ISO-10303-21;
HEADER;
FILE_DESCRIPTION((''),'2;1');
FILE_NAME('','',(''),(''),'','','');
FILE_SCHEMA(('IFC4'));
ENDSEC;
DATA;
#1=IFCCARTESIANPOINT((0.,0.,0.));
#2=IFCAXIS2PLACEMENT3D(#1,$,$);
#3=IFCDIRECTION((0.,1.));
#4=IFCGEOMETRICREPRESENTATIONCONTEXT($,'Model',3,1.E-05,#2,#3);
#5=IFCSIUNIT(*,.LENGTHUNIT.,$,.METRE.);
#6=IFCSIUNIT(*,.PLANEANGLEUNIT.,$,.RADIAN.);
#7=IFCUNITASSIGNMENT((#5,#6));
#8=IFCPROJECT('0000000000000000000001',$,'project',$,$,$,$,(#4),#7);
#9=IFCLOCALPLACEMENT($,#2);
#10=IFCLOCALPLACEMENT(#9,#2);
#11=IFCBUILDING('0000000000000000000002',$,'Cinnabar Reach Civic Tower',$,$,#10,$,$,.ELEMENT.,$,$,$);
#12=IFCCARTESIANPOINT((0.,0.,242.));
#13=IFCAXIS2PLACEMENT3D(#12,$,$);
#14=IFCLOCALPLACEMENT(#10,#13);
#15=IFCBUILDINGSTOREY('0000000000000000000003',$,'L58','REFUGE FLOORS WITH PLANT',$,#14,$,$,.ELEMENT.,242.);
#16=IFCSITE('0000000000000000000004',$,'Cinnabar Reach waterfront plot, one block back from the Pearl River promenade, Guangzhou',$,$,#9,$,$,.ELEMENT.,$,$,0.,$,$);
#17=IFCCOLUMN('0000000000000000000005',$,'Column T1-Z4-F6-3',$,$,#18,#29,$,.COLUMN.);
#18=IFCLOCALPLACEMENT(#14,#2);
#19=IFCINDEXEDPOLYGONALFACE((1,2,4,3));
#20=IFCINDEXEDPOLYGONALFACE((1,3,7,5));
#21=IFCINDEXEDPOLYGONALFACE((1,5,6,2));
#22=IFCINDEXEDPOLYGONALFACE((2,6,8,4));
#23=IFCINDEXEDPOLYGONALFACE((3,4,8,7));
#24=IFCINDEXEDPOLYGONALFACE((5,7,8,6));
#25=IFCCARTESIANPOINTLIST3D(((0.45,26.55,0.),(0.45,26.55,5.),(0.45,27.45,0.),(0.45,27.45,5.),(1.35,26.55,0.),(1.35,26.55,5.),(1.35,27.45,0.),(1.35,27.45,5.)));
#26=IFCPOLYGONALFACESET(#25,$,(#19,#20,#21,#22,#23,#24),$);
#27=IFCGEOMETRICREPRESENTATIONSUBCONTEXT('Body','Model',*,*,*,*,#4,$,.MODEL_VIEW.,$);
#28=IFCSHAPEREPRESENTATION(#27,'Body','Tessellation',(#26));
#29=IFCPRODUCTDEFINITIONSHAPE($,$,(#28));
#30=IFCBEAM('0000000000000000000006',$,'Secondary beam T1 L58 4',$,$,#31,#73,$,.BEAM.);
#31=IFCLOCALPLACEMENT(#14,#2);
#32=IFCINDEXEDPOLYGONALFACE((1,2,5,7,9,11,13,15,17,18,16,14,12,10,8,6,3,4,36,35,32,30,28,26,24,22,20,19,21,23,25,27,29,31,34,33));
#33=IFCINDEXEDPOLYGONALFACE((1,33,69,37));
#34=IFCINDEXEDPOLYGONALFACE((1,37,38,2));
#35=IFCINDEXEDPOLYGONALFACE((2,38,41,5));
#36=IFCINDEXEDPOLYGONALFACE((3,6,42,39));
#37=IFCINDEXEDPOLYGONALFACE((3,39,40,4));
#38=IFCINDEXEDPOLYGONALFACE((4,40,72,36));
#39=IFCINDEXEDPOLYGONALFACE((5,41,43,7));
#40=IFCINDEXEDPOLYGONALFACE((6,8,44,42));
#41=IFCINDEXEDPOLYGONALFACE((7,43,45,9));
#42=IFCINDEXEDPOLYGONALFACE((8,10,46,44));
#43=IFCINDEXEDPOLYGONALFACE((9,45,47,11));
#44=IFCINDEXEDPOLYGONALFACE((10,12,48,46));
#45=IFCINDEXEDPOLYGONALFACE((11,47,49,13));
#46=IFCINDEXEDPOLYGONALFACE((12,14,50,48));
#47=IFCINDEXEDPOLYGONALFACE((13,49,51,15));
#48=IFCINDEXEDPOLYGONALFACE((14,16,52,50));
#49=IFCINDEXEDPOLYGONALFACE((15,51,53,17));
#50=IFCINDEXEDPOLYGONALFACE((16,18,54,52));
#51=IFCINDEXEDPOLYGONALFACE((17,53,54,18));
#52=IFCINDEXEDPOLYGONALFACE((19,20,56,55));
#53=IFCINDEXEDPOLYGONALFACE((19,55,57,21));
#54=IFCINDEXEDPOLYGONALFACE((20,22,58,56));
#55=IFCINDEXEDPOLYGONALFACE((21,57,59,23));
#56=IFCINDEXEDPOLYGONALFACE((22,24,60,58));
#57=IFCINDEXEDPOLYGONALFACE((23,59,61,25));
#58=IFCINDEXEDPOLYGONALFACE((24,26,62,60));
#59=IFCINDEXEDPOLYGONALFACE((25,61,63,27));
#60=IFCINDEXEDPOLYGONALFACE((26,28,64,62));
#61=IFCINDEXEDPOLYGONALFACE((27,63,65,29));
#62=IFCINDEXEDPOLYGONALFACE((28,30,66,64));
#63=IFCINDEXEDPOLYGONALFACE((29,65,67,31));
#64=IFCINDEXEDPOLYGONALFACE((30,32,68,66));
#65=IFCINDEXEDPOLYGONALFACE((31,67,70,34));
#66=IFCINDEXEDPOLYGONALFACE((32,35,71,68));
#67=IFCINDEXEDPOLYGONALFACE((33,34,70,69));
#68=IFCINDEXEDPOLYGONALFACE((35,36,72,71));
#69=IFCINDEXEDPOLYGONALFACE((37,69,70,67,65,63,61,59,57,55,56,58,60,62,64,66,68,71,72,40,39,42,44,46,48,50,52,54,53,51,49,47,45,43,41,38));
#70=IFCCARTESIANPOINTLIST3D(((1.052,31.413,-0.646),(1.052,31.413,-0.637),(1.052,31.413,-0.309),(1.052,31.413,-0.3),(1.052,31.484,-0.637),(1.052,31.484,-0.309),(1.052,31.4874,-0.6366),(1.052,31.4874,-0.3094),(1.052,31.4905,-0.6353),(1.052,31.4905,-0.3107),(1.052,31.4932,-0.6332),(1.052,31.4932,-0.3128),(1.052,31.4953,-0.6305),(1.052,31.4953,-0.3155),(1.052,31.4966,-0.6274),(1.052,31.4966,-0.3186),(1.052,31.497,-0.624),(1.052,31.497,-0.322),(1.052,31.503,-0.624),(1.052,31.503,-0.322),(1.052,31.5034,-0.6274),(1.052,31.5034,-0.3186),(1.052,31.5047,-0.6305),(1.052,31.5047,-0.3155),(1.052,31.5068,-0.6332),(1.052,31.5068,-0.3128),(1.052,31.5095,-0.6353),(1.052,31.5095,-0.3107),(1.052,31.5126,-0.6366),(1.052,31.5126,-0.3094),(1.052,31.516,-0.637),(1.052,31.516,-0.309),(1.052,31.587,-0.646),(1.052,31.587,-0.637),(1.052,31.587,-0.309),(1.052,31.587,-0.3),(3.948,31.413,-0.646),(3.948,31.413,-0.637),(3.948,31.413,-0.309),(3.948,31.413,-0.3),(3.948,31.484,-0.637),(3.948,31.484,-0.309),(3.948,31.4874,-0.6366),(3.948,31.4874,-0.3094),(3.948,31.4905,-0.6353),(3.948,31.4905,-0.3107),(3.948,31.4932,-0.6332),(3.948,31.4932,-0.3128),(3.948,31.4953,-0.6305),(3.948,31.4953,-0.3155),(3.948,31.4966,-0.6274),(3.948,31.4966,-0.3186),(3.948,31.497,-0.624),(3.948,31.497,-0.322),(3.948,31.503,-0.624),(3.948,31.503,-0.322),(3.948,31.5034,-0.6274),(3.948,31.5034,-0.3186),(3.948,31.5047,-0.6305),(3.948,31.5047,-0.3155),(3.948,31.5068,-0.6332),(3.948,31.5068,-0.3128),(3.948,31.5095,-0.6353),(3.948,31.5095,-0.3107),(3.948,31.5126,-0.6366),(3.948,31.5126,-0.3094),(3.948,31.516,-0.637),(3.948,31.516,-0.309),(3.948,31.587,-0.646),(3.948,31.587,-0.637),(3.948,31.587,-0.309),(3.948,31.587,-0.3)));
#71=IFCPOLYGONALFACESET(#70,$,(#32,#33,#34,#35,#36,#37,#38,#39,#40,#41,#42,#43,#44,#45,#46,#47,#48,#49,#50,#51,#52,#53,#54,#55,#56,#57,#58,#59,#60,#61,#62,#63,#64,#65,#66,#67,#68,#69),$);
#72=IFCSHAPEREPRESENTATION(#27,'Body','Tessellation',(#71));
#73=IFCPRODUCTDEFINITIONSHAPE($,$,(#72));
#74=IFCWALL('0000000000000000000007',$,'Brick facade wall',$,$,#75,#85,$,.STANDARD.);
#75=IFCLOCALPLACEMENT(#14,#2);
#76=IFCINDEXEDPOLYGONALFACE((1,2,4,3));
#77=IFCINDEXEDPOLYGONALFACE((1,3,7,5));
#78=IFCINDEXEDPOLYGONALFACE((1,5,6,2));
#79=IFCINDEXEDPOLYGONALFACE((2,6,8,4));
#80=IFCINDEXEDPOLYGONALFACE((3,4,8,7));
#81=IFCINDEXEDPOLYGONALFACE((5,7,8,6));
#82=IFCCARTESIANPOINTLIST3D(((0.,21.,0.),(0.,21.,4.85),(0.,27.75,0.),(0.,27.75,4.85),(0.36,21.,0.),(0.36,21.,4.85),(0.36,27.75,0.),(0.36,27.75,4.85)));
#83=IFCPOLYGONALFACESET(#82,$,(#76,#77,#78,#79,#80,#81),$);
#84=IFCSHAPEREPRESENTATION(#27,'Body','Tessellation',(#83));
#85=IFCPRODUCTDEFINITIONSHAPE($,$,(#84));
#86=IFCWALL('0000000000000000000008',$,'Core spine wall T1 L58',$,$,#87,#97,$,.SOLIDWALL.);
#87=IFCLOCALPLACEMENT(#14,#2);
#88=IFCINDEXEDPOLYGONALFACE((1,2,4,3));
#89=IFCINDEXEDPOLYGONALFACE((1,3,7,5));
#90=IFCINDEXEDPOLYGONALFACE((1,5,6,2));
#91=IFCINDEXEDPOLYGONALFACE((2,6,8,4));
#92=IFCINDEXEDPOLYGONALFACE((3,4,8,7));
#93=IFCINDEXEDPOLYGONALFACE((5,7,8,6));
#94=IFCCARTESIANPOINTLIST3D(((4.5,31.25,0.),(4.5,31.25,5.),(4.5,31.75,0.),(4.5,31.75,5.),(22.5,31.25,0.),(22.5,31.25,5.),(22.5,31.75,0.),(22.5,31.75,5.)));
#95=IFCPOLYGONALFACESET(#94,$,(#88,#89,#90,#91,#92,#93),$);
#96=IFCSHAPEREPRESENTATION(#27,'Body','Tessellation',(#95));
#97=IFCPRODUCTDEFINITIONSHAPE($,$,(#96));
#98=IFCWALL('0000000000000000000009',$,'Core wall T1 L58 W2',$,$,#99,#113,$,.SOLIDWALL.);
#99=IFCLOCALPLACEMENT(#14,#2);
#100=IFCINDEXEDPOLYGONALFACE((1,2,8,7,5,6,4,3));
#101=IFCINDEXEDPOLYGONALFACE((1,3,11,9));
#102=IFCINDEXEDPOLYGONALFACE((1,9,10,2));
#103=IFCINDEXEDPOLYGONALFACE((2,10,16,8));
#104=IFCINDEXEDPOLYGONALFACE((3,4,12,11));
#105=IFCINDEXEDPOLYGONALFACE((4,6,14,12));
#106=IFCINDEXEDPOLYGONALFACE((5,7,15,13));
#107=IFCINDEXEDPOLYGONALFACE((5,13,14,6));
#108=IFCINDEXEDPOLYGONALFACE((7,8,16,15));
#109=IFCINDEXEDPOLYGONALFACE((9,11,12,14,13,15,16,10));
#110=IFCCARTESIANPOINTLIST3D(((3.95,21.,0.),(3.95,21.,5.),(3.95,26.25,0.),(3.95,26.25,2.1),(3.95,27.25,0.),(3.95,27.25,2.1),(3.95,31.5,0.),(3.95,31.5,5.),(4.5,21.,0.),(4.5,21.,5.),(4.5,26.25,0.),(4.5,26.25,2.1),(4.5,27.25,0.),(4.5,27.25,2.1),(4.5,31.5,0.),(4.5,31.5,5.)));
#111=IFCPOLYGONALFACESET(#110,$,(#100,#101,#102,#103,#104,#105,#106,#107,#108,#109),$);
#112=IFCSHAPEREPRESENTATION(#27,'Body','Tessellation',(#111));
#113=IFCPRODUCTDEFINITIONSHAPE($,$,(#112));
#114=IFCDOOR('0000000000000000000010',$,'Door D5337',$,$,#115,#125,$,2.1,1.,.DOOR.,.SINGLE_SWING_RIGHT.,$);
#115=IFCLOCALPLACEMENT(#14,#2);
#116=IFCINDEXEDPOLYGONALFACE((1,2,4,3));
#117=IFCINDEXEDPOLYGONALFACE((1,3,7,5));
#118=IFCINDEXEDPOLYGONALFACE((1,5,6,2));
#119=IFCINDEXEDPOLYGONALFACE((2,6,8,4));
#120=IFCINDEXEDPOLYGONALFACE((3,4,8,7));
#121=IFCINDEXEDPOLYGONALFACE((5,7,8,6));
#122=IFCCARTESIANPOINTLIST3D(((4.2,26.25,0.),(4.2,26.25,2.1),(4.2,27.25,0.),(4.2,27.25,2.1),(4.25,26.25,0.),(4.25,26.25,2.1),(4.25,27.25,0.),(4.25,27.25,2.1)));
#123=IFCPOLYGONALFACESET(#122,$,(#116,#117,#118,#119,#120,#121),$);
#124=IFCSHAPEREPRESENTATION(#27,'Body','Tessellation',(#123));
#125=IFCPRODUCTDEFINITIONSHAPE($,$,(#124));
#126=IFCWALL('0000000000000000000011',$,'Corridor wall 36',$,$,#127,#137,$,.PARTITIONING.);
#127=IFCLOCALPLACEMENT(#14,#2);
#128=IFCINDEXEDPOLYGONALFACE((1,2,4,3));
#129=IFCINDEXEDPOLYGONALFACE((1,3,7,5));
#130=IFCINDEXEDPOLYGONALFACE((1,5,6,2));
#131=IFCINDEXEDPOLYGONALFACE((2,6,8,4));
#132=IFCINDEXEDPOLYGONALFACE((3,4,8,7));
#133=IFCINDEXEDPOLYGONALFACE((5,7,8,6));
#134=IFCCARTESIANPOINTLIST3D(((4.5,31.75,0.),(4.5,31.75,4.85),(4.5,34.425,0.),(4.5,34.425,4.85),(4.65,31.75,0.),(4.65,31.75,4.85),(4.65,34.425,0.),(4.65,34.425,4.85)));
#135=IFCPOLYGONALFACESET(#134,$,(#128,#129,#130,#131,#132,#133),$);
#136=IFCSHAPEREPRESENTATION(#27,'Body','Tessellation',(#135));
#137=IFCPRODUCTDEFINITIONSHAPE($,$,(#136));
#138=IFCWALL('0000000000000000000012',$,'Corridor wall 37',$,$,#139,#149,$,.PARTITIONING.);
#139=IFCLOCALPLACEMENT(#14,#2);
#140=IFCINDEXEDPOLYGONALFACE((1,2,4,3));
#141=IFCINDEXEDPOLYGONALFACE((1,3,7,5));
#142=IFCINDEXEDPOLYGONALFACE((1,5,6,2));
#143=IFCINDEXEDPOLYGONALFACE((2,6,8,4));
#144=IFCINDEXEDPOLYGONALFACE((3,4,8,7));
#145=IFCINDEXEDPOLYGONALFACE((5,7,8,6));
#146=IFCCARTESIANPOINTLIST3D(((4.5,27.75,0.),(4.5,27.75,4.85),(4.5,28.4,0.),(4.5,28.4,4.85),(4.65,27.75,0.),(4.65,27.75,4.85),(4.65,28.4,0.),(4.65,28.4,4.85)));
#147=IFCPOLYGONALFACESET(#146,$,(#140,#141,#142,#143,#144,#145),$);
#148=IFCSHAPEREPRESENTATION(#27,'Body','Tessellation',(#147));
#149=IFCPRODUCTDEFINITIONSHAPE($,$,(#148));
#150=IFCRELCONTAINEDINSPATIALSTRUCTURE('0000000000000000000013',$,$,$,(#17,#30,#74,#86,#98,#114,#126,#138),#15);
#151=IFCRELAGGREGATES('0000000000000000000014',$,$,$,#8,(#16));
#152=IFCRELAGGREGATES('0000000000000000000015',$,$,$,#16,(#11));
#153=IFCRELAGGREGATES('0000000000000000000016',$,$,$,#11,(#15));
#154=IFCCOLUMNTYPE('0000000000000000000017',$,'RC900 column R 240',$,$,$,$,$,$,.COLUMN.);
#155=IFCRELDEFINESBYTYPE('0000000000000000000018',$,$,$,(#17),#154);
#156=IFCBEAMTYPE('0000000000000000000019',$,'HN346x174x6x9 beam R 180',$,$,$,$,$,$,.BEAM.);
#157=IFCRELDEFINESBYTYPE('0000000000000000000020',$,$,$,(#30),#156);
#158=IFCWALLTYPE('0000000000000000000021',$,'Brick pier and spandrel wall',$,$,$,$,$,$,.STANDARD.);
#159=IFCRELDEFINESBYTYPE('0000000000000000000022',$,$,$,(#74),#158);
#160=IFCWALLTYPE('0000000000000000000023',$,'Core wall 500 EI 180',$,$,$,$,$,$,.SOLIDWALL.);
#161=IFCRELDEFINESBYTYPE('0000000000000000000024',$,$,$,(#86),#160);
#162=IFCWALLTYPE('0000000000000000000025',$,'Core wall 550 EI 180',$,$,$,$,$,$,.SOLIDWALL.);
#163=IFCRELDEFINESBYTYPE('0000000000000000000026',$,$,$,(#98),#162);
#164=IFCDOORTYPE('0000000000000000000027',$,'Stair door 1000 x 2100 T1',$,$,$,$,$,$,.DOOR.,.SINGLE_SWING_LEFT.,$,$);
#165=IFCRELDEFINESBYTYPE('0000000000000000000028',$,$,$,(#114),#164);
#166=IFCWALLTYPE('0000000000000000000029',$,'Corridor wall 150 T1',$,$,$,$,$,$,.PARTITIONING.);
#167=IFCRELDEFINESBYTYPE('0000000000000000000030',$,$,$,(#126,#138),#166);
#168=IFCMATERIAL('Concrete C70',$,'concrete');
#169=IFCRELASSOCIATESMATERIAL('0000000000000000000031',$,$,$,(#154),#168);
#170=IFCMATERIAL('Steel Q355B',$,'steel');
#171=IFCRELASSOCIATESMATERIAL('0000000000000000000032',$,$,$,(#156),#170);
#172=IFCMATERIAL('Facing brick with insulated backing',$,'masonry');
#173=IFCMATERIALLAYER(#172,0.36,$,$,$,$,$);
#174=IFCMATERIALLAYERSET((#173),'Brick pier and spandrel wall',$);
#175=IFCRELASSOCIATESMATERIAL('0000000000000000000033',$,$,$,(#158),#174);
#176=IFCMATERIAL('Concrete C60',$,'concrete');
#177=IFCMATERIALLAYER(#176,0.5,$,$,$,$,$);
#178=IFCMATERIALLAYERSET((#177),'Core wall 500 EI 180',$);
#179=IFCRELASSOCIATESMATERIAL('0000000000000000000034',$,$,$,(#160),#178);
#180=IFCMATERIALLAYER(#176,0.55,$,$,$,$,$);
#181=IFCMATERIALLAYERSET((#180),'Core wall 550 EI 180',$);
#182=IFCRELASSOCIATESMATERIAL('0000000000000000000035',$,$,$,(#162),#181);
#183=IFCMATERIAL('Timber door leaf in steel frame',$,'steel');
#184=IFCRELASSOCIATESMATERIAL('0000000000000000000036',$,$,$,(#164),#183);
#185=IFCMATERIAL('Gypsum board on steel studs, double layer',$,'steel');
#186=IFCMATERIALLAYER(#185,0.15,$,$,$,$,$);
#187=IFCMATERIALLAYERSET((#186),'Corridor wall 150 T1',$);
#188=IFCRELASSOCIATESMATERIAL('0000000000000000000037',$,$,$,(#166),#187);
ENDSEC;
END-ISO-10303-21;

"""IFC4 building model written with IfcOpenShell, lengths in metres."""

from ifc_helpers import new_model, si_unit, direction, frame, frame_2d, origin, origin_2d, place, context, subcontext, project, spatial, rectangle, i_section, extrude, material, layer, layer_set, material_profile, profile_set, type_object, element, fill, save


model = new_model("IFC4")

# Units and contexts
model_context = context("Model", 3, precision=1e-05, world=origin(), true_north=direction((0.0, 1.0)))
body_context = subcontext(model_context, "Body", "Model", "MODEL_VIEW")
ifc_project = project(units=[si_unit("LENGTHUNIT", "METRE"), si_unit("PLANEANGLEUNIT", "RADIAN")], contexts=[model_context])

# Site, building, storey
site_placement = place(None, origin())
site = spatial("IfcSite", under=ifc_project, at=site_placement, Name="Cinnabar Reach waterfront plot, one block back from the Pearl River promenade, Guangzhou", CompositionType="ELEMENT", RefElevation=0.0)
building_placement = place(site_placement, origin())
building = spatial("IfcBuilding", under=site, at=building_placement, Name="Cinnabar Reach Civic Tower", CompositionType="ELEMENT")
storey_placement = place(building_placement, frame((0.0, 0.0, 242.0)))
storey = spatial("IfcBuildingStorey", under=building, at=storey_placement, Name="L58", Description="REFUGE FLOORS WITH PLANT", CompositionType="ELEMENT", Elevation=242.0)

# Column
ifc_material_1 = material(Name="Concrete C70", Category="concrete")
ifc_material_profile_1 = material_profile(ifc_material_1, rectangle(XDim=0.9, YDim=0.9, at=origin_2d()), Name="RC900")
ifc_profile_set_1 = profile_set([ifc_material_profile_1], Name="Concrete C70")
column_type = type_object("IfcColumnType", Name="RC900 column R 240", PredefinedType="COLUMN", material=ifc_profile_set_1)
column_placement = place(storey_placement, frame((0.9, 27.0, 0.0), z_axis=(0.0, 0.0, 1.0), x_axis=(1.0, 0.0, 0.0)))
element("IfcColumn", 1, at=column_placement, inside=storey, type_object=column_type, Name="Column T1-Z4-F6-3", PredefinedType="COLUMN", context=body_context, shape_type="SweptSolid", body=[
    extrude(rectangle(XDim=0.9, YDim=0.9, at=origin_2d()), origin(), (0.0, 0.0, 1.0), 5.0),
])

# Beam
ifc_material_2 = material(Name="Steel Q355B", Category="steel")
ifc_material_profile_2 = material_profile(ifc_material_2, i_section(OverallWidth=0.174, OverallDepth=0.346, WebThickness=0.006, FlangeThickness=0.009, FilletRadius=0.013, at=origin_2d()), Name="HN346x174x6x9")
ifc_profile_set_2 = profile_set([ifc_material_profile_2], Name="Steel Q355B")
beam_type = type_object("IfcBeamType", Name="HN346x174x6x9 beam R 180", PredefinedType="BEAM", material=ifc_profile_set_2)
beam_placement = place(storey_placement, frame((1.052, 31.5, -0.473), z_axis=(1.0, 0.0, 0.0), x_axis=(0.0, 1.0, 0.0)))
element("IfcBeam", 2, at=beam_placement, inside=storey, type_object=beam_type, Name="Secondary beam T1 L58 4", PredefinedType="BEAM", context=body_context, shape_type="SweptSolid", body=[
    extrude(i_section(OverallWidth=0.174, OverallDepth=0.346, WebThickness=0.006, FlangeThickness=0.009, FilletRadius=0.013, at=origin_2d()), origin(), (0.0, 0.0, 1.0), 2.896),
])

# Walls
ifc_material_3 = material(Name="Facing brick with insulated backing", Category="masonry")
ifc_layer_1 = layer(ifc_material_3, 0.36)
ifc_layer_set_1 = layer_set([ifc_layer_1], Name="Brick pier and spandrel wall")
wall_type_1 = type_object("IfcWallType", Name="Brick pier and spandrel wall", PredefinedType="STANDARD", material=ifc_layer_set_1)
wall_1_placement = place(storey_placement, frame((0.18, 27.75, 0.0), z_axis=(0.0, 0.0, 1.0), x_axis=(0.0, -1.0, 0.0)))
element("IfcWall", 3, at=wall_1_placement, inside=storey, type_object=wall_type_1, Name="Brick facade wall", PredefinedType="STANDARD", context=body_context, shape_type="SweptSolid", body=[
    extrude(rectangle(XDim=6.75, YDim=0.36, at=frame_2d((3.375, 0.0))), origin(), (0.0, 0.0, 1.0), 4.85),
])
ifc_material_4 = material(Name="Concrete C60", Category="concrete")
ifc_layer_2 = layer(ifc_material_4, 0.5)
ifc_layer_set_2 = layer_set([ifc_layer_2], Name="Core wall 500 EI 180")
wall_type_2 = type_object("IfcWallType", Name="Core wall 500 EI 180", PredefinedType="SOLIDWALL", material=ifc_layer_set_2)
wall_2_placement = place(storey_placement, frame((4.5, 31.5, 0.0), z_axis=(0.0, 0.0, 1.0), x_axis=(1.0, 0.0, 0.0)))
element("IfcWall", 4, at=wall_2_placement, inside=storey, type_object=wall_type_2, Name="Core spine wall T1 L58", PredefinedType="SOLIDWALL", context=body_context, shape_type="SweptSolid", body=[
    extrude(rectangle(XDim=18.0, YDim=0.5, at=frame_2d((9.0, 0.0))), origin(), (0.0, 0.0, 1.0), 5.0),
])

# Wall, opening, door
ifc_layer_3 = layer(ifc_material_4, 0.55)
ifc_layer_set_3 = layer_set([ifc_layer_3], Name="Core wall 550 EI 180")
wall_type_3 = type_object("IfcWallType", Name="Core wall 550 EI 180", PredefinedType="SOLIDWALL", material=ifc_layer_set_3)
wall_3_placement = place(storey_placement, frame((4.225, 31.5, 0.0), z_axis=(0.0, 0.0, 1.0), x_axis=(0.0, -1.0, 0.0)))
wall_3 = element("IfcWall", 5, at=wall_3_placement, inside=storey, type_object=wall_type_3, Name="Core wall T1 L58 W2", PredefinedType="SOLIDWALL", context=body_context, shape_type="SweptSolid", body=[
    extrude(rectangle(XDim=10.5, YDim=0.55, at=frame_2d((5.25, 0.0))), origin(), (0.0, 0.0, 1.0), 5.0),
])
opening_1_placement = place(wall_3_placement, frame((4.25, 0.0, 0.0)))
opening_1 = element("IfcOpeningElement", 6, at=opening_1_placement, cuts=wall_3, PredefinedType="OPENING", context=body_context, shape_type="SweptSolid", body=[
    extrude(rectangle(XDim=1.0, YDim=2.1, at=frame_2d((0.5, 1.05))), frame((0.0, 0.285, 0.0), z_axis=(0.0, -1.0, 0.0), x_axis=(1.0, 0.0, 0.0)), (0.0, 0.0, 1.0), 0.57),
])
ifc_material_5 = material(Name="Timber door leaf in steel frame", Category="steel")
door_type_1 = type_object("IfcDoorType", Name="Stair door 1000 x 2100 T1", OperationType="SINGLE_SWING_LEFT", PredefinedType="DOOR", material=ifc_material_5)
door_1_placement = place(opening_1_placement, frame((1.0, 0.0, 0.0), z_axis=(0.0, 0.0, 1.0), x_axis=(-1.0, 0.0, 0.0)))
door_1 = element("IfcDoor", 7, at=door_1_placement, inside=storey, type_object=door_type_1, Name="Door D5337", OperationType="SINGLE_SWING_RIGHT", OverallHeight=2.1, OverallWidth=1.0, PredefinedType="DOOR", context=body_context, shape_type="SweptSolid", body=[
    extrude(rectangle(XDim=1.0, YDim=2.1, at=frame_2d((0.5, 1.05))), frame((0.0, 0.025, 0.0), z_axis=(0.0, -1.0, 0.0), x_axis=(1.0, 0.0, 0.0)), (0.0, 0.0, 1.0), 0.05),
])
fill(opening_1, door_1)

# Walls
ifc_material_6 = material(Name="Gypsum board on steel studs, double layer", Category="steel")
ifc_layer_4 = layer(ifc_material_6, 0.15)
ifc_layer_set_4 = layer_set([ifc_layer_4], Name="Corridor wall 150 T1")
wall_type_4 = type_object("IfcWallType", Name="Corridor wall 150 T1", PredefinedType="PARTITIONING", material=ifc_layer_set_4)
wall_4_placement = place(storey_placement, frame((4.575, 31.75, 0.0), z_axis=(0.0, 0.0, 1.0), x_axis=(0.0, 1.0, 0.0)))
element("IfcWall", 8, at=wall_4_placement, inside=storey, type_object=wall_type_4, Name="Corridor wall 36", PredefinedType="PARTITIONING", context=body_context, shape_type="SweptSolid", body=[
    extrude(rectangle(XDim=2.675, YDim=0.15, at=frame_2d((1.3375, 0.0))), origin(), (0.0, 0.0, 1.0), 4.85),
])
wall_5_placement = place(storey_placement, frame((4.575, 27.75, 0.0), z_axis=(0.0, 0.0, 1.0), x_axis=(0.0, 1.0, 0.0)))
element("IfcWall", 9, at=wall_5_placement, inside=storey, type_object=wall_type_4, Name="Corridor wall 37", PredefinedType="PARTITIONING", context=body_context, shape_type="SweptSolid", body=[
    extrude(rectangle(XDim=0.65, YDim=0.15, at=frame_2d((0.325, 0.0))), origin(), (0.0, 0.0, 1.0), 4.85),
])

save(model, "model.ifc")
